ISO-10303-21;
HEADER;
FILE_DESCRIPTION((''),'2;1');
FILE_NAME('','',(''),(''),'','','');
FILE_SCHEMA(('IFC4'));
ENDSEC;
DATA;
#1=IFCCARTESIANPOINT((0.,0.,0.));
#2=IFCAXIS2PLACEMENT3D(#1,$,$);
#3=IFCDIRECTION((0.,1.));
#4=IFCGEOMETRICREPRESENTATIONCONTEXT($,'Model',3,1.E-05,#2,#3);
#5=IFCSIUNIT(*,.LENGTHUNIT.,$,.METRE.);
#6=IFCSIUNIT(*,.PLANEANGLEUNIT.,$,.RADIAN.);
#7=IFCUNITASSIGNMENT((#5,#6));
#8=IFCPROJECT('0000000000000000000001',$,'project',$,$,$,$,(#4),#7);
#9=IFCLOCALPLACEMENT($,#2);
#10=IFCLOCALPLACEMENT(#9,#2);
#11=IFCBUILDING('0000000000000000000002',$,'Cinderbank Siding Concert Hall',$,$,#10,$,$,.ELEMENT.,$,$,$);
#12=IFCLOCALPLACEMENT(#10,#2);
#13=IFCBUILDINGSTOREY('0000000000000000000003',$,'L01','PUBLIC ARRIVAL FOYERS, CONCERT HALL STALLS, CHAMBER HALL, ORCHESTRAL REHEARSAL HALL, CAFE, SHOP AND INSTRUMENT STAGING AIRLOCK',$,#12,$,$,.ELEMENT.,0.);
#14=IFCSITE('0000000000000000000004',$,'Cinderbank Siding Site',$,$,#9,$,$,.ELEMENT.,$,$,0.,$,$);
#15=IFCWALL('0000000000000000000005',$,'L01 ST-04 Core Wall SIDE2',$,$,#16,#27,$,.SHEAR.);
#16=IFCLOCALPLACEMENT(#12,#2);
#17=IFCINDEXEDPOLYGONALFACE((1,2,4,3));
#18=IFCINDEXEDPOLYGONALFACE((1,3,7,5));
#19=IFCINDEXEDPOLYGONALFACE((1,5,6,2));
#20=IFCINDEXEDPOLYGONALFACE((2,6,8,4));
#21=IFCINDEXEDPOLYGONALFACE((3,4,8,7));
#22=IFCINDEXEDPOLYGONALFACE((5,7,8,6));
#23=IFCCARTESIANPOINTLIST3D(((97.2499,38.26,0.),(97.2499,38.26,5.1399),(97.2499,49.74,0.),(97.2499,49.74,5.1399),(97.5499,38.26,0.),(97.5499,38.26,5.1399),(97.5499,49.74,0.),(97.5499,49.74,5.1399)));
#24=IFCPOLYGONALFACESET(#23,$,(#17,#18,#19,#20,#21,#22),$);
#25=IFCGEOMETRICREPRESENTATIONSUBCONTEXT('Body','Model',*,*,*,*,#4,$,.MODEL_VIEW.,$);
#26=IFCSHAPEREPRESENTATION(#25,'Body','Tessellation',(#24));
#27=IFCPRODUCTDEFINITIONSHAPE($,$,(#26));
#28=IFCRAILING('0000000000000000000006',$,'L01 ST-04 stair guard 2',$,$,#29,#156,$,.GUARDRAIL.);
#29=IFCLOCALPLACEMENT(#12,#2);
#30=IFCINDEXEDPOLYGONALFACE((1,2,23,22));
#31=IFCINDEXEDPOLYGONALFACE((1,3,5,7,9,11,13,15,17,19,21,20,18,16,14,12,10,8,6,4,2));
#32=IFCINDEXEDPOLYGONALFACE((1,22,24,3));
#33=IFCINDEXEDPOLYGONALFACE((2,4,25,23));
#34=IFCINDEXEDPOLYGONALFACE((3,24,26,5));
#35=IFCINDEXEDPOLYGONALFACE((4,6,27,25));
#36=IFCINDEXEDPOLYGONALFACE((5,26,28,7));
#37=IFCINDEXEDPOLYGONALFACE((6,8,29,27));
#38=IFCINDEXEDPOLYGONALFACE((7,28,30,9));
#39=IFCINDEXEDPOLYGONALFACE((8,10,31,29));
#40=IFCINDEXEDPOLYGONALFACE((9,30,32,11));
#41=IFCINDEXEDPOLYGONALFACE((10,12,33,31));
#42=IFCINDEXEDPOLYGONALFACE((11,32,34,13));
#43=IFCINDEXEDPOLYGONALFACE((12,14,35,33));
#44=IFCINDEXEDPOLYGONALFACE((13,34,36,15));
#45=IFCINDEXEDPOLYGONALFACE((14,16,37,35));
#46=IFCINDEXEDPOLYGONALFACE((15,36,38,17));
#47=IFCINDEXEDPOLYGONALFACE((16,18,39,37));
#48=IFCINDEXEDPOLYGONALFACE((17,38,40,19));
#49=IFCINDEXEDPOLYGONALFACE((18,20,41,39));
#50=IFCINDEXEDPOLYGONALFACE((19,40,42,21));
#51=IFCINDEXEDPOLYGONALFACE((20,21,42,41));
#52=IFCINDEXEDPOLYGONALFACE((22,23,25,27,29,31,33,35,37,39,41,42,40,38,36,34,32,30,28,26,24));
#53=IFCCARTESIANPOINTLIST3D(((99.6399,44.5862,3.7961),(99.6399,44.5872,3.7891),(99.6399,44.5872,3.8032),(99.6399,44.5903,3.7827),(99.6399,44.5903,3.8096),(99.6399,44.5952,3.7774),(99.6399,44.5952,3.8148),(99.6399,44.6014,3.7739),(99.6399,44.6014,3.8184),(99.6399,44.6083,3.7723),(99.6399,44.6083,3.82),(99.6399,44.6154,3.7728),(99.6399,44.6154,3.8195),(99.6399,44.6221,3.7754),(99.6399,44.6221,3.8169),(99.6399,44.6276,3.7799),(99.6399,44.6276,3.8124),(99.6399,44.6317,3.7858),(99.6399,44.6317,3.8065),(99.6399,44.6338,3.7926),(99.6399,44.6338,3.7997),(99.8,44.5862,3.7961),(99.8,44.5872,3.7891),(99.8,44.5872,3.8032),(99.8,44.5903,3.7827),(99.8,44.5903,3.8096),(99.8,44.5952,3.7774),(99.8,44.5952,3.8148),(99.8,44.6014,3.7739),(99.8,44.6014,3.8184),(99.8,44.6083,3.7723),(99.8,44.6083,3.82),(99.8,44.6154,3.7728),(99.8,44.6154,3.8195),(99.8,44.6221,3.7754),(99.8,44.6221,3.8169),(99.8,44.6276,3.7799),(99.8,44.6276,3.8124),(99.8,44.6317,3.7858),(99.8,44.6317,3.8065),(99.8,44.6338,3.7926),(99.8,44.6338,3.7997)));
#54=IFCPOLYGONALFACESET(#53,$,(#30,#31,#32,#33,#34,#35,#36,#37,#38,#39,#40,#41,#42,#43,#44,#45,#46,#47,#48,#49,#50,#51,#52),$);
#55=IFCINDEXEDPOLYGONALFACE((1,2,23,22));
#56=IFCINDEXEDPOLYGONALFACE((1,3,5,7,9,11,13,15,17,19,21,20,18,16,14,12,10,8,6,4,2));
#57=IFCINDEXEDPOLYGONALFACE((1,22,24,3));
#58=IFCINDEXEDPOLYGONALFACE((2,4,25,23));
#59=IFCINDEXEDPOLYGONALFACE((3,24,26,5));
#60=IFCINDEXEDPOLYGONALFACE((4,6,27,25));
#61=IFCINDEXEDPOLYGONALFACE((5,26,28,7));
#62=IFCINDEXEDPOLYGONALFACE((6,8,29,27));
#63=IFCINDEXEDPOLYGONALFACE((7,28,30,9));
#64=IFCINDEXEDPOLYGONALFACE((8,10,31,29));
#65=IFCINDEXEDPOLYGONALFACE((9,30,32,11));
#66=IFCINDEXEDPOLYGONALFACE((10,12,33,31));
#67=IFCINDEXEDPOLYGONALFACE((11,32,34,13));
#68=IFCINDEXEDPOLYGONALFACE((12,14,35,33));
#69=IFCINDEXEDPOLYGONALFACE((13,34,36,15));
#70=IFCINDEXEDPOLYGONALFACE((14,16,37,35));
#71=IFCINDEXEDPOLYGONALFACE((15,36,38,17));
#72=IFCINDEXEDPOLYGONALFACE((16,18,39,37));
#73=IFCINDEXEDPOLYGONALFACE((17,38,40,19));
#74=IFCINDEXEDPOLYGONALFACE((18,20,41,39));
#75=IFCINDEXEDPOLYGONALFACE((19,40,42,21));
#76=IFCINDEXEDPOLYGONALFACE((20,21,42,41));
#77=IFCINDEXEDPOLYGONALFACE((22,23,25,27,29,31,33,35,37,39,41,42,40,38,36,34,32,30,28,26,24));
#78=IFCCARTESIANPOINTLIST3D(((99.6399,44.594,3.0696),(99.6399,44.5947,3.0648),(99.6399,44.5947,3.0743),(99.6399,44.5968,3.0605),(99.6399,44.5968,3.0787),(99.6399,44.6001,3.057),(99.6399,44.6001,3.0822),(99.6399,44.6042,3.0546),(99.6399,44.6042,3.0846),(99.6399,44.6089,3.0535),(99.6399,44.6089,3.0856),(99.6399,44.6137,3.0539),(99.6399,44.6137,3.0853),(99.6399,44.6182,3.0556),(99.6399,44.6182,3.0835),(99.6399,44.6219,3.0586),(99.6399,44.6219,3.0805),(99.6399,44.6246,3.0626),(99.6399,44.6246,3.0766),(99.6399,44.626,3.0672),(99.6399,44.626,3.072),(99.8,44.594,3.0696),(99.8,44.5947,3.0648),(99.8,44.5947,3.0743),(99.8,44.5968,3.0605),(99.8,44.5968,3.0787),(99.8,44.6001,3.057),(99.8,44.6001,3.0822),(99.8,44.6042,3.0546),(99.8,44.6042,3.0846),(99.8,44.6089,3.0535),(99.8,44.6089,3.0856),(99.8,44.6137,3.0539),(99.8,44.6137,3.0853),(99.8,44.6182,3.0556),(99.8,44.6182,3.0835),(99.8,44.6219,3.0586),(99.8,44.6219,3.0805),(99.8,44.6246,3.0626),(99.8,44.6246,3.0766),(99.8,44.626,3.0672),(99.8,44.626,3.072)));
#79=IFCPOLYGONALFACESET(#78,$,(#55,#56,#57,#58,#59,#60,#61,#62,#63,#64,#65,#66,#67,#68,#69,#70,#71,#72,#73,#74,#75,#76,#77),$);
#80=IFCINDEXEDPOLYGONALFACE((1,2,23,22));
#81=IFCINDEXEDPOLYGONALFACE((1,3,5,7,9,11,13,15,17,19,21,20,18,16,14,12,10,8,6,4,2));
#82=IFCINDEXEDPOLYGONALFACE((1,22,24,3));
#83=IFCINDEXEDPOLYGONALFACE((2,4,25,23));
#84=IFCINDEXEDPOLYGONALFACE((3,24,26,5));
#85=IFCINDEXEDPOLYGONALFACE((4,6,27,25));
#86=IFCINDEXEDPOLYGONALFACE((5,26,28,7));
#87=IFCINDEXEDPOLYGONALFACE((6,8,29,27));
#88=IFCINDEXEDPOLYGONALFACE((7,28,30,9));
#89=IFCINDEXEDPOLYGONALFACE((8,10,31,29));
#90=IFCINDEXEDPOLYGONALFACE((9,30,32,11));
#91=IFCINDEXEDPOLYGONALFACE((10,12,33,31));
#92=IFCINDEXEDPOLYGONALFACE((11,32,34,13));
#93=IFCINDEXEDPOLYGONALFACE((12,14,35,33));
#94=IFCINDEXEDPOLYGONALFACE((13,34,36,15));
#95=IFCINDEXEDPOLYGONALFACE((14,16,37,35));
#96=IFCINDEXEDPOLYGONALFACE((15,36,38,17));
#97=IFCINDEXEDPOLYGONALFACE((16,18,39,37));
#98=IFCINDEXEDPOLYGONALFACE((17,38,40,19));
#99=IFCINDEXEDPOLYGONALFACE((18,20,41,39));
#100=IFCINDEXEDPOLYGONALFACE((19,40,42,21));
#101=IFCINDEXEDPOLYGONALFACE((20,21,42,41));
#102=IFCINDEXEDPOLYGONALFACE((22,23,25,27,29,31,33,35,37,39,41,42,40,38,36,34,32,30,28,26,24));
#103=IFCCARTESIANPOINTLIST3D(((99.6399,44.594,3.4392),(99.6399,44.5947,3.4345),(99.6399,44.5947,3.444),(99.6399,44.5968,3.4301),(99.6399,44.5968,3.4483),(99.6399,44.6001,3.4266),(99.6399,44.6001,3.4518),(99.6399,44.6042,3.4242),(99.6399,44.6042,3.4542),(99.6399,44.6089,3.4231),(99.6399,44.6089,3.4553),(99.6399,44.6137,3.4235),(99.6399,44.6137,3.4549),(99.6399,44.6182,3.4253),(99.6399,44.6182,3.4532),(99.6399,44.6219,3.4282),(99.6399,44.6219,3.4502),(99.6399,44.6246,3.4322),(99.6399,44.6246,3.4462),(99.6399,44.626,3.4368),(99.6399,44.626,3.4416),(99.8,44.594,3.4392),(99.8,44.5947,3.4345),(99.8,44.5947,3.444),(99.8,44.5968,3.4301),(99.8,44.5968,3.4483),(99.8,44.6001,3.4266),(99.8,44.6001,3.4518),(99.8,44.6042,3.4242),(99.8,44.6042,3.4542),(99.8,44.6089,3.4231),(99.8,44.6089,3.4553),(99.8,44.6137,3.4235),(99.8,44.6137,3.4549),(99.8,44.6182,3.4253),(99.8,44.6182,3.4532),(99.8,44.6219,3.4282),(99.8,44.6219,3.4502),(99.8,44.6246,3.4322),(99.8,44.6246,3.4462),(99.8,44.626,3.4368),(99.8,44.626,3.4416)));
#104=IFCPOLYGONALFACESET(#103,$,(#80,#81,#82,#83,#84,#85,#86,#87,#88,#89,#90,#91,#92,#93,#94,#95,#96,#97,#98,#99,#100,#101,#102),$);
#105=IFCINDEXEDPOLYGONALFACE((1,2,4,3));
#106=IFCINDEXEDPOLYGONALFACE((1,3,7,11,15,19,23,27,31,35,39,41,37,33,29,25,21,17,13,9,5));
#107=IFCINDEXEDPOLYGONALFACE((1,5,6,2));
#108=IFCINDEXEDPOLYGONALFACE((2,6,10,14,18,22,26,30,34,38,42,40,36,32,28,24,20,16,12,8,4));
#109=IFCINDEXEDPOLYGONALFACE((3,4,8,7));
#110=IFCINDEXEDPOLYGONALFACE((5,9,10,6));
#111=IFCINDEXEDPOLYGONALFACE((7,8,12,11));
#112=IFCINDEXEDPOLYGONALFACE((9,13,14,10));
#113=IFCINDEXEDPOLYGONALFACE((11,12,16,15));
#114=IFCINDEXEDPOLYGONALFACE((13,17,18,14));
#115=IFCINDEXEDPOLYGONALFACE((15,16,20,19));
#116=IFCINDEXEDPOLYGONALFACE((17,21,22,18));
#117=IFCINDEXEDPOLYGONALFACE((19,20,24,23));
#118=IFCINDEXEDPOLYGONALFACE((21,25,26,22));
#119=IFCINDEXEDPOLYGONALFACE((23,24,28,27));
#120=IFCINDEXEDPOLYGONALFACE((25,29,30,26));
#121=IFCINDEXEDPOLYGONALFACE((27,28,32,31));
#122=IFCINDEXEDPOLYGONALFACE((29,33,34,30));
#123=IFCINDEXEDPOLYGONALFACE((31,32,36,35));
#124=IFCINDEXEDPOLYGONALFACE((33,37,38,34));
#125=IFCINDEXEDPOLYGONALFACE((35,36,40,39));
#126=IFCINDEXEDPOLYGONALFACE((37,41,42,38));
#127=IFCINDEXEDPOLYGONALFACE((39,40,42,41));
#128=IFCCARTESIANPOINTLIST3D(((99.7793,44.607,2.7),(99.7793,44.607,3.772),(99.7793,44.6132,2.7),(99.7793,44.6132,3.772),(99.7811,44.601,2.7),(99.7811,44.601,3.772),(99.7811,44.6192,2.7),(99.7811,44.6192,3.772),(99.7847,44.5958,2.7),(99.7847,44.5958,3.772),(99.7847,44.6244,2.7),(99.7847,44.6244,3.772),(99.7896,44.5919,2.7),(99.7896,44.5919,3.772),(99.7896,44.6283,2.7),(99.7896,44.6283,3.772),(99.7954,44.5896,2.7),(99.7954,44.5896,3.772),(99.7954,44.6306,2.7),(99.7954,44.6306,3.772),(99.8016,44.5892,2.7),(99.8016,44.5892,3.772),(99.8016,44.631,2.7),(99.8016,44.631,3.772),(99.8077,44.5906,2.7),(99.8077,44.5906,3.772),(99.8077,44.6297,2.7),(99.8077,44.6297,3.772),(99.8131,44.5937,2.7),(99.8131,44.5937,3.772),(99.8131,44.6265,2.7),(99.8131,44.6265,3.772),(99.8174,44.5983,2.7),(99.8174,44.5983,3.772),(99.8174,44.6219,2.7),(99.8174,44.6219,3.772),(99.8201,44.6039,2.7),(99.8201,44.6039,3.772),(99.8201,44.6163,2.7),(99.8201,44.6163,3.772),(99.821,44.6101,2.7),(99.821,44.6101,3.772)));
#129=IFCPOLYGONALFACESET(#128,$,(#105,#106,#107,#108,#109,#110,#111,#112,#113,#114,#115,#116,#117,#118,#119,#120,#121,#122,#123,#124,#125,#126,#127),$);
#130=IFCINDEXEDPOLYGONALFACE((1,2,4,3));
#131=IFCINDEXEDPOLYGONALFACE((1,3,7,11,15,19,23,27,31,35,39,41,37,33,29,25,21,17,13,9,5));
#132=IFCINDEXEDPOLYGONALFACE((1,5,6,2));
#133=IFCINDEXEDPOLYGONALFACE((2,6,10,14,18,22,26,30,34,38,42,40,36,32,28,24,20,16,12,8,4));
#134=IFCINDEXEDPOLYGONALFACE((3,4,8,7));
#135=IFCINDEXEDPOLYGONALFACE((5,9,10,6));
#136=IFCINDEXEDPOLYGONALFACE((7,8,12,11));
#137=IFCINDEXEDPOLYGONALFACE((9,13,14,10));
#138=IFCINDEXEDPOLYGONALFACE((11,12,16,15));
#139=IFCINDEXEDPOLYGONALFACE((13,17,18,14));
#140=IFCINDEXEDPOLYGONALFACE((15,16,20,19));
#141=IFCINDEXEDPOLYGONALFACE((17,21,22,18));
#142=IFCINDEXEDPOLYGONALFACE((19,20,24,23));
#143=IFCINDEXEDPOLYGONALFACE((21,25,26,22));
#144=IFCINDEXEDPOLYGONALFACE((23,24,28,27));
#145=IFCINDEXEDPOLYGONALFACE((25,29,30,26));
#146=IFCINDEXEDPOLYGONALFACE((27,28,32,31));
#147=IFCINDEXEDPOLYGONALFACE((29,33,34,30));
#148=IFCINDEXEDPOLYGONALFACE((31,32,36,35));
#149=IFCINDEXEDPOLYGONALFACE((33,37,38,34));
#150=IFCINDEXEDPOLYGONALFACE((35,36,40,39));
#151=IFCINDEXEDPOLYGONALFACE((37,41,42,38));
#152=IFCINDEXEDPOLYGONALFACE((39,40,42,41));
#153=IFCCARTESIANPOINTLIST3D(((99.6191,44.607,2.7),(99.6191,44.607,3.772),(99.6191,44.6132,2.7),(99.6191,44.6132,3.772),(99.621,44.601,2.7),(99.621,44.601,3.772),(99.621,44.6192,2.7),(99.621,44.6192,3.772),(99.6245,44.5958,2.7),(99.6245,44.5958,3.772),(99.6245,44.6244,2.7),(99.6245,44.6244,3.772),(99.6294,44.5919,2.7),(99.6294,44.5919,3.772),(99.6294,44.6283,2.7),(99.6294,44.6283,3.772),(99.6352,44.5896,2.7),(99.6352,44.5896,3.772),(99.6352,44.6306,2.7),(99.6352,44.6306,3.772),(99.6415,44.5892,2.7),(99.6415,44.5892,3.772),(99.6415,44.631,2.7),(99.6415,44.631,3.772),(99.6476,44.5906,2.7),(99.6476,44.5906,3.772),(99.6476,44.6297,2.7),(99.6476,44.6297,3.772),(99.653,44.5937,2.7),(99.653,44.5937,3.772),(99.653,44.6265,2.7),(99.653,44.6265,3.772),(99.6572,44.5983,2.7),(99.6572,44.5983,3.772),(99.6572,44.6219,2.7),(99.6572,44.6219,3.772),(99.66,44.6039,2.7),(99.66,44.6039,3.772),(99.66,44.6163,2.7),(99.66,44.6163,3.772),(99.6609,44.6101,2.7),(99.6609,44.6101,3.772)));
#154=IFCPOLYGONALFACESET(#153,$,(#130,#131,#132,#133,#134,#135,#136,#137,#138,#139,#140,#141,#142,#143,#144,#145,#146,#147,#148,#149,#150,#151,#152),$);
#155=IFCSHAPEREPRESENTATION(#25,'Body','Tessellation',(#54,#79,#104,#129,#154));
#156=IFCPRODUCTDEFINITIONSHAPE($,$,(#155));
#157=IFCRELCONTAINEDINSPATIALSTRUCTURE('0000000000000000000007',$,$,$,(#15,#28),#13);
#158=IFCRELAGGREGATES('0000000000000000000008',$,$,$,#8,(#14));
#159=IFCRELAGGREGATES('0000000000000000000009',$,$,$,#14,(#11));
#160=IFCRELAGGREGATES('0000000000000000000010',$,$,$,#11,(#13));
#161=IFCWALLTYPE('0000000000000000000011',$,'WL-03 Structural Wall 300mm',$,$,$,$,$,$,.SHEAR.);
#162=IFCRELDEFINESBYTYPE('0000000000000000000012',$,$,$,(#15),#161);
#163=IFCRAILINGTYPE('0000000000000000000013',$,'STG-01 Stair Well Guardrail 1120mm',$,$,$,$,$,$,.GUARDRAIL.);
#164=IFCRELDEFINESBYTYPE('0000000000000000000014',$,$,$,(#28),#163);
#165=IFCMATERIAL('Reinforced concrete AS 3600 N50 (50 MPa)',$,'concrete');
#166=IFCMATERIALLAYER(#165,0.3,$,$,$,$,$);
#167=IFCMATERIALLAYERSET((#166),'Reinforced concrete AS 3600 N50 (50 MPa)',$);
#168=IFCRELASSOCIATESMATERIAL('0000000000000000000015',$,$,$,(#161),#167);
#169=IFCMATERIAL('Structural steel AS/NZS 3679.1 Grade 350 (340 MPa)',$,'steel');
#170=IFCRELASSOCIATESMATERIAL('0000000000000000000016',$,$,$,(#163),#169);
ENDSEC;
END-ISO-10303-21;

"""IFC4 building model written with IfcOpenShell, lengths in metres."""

from ifc_helpers import new_model, si_unit, direction, frame, frame_2d, origin, origin_2d, place, context, subcontext, project, spatial, rectangle, circle, extrude, material, layer, layer_set, type_object, element, save


model = new_model("IFC4")

# Units and contexts
model_context = context("Model", 3, precision=1e-05, world=origin(), true_north=direction((0.0, 1.0)))
body_context = subcontext(model_context, "Body", "Model", "MODEL_VIEW")
ifc_project = project(units=[si_unit("LENGTHUNIT", "METRE"), si_unit("PLANEANGLEUNIT", "RADIAN")], contexts=[model_context])

# Site, building, storey
site_placement = place(None, origin())
site = spatial("IfcSite", under=ifc_project, at=site_placement, Name="Cinderbank Siding Site", CompositionType="ELEMENT", RefElevation=0.0)
building_placement = place(site_placement, origin())
building = spatial("IfcBuilding", under=site, at=building_placement, Name="Cinderbank Siding Concert Hall", CompositionType="ELEMENT")
storey_placement = place(building_placement, origin())
storey = spatial("IfcBuildingStorey", under=building, at=storey_placement, Name="L01", Description="PUBLIC ARRIVAL FOYERS, CONCERT HALL STALLS, CHAMBER HALL, ORCHESTRAL REHEARSAL HALL, CAFE, SHOP AND INSTRUMENT STAGING AIRLOCK", CompositionType="ELEMENT", Elevation=0.0)

# Shared definitions
ifc_material_1 = material(Name="Reinforced concrete AS 3600 N50 (50 MPa)", Category="concrete")

# Shared definitions
ifc_material_2 = material(Name="Structural steel AS/NZS 3679.1 Grade 350 (340 MPa)", Category="steel")

# Shared definitions
ifc_layer_1 = layer(ifc_material_1, 0.3)
ifc_layer_set_1 = layer_set([ifc_layer_1], Name="Reinforced concrete AS 3600 N50 (50 MPa)")
wall_type_1 = type_object("IfcWallType", Name="WL-03 Structural Wall 300mm", PredefinedType="SHEAR", material=ifc_layer_set_1)

# Wall
for number, where, z_axis, x_axis, name in (
    (1, (97.3999, 38.26, 0.0), (0.0, 0.0, 1.0), (0.0, 1.0, 0.0), "L01 ST-04 Core Wall SIDE2"),
):
    element("IfcWall", number, at=place(storey_placement, frame(where, z_axis=z_axis, x_axis=x_axis)), inside=storey, type_object=wall_type_1, Name=name, PredefinedType="SHEAR", context=body_context, shape_type="SweptSolid", body=[
        extrude(rectangle(XDim=11.48, YDim=0.3, at=frame_2d((5.74, 0.0))), origin(), (0.0, 0.0, 1.0), 5.1399),
    ])

# Railing
railing_type_1 = type_object("IfcRailingType", Name="STG-01 Stair Well Guardrail 1120mm", PredefinedType="GUARDRAIL", material=ifc_material_2)
railing_1_placement = place(storey_placement, frame((99.8, 44.6101, 2.7)))
element("IfcRailing", 2, at=railing_1_placement, inside=storey, type_object=railing_type_1, Name="L01 ST-04 stair guard 2", PredefinedType="GUARDRAIL", context=body_context, shape_type="SweptSolid", body=[
    extrude(circle(Radius=0.0239, at=origin_2d()), frame((0.0, 0.0, 1.0962), z_axis=(-1.0, 0.0, 0.0), x_axis=(0.0, -1.0, 0.0)), (0.0, 0.0, 1.0), 0.1602),
    extrude(circle(Radius=0.0161, at=origin_2d()), frame((0.0, 0.0, 0.3696), z_axis=(-1.0, 0.0, 0.0), x_axis=(0.0, -1.0, 0.0)), (0.0, 0.0, 1.0), 0.1602),
    extrude(circle(Radius=0.0161, at=origin_2d()), frame((0.0, 0.0, 0.7393), z_axis=(-1.0, 0.0, 0.0), x_axis=(0.0, -1.0, 0.0)), (0.0, 0.0, 1.0), 0.1602),
    extrude(circle(Radius=0.021, at=origin_2d()), origin(), (0.0, 0.0, 1.0), 1.072),
    extrude(circle(Radius=0.021, at=origin_2d()), frame((-0.1602, 0.0, 0.0)), (0.0, 0.0, 1.0), 1.072),
])

save(model, "model.ifc")
